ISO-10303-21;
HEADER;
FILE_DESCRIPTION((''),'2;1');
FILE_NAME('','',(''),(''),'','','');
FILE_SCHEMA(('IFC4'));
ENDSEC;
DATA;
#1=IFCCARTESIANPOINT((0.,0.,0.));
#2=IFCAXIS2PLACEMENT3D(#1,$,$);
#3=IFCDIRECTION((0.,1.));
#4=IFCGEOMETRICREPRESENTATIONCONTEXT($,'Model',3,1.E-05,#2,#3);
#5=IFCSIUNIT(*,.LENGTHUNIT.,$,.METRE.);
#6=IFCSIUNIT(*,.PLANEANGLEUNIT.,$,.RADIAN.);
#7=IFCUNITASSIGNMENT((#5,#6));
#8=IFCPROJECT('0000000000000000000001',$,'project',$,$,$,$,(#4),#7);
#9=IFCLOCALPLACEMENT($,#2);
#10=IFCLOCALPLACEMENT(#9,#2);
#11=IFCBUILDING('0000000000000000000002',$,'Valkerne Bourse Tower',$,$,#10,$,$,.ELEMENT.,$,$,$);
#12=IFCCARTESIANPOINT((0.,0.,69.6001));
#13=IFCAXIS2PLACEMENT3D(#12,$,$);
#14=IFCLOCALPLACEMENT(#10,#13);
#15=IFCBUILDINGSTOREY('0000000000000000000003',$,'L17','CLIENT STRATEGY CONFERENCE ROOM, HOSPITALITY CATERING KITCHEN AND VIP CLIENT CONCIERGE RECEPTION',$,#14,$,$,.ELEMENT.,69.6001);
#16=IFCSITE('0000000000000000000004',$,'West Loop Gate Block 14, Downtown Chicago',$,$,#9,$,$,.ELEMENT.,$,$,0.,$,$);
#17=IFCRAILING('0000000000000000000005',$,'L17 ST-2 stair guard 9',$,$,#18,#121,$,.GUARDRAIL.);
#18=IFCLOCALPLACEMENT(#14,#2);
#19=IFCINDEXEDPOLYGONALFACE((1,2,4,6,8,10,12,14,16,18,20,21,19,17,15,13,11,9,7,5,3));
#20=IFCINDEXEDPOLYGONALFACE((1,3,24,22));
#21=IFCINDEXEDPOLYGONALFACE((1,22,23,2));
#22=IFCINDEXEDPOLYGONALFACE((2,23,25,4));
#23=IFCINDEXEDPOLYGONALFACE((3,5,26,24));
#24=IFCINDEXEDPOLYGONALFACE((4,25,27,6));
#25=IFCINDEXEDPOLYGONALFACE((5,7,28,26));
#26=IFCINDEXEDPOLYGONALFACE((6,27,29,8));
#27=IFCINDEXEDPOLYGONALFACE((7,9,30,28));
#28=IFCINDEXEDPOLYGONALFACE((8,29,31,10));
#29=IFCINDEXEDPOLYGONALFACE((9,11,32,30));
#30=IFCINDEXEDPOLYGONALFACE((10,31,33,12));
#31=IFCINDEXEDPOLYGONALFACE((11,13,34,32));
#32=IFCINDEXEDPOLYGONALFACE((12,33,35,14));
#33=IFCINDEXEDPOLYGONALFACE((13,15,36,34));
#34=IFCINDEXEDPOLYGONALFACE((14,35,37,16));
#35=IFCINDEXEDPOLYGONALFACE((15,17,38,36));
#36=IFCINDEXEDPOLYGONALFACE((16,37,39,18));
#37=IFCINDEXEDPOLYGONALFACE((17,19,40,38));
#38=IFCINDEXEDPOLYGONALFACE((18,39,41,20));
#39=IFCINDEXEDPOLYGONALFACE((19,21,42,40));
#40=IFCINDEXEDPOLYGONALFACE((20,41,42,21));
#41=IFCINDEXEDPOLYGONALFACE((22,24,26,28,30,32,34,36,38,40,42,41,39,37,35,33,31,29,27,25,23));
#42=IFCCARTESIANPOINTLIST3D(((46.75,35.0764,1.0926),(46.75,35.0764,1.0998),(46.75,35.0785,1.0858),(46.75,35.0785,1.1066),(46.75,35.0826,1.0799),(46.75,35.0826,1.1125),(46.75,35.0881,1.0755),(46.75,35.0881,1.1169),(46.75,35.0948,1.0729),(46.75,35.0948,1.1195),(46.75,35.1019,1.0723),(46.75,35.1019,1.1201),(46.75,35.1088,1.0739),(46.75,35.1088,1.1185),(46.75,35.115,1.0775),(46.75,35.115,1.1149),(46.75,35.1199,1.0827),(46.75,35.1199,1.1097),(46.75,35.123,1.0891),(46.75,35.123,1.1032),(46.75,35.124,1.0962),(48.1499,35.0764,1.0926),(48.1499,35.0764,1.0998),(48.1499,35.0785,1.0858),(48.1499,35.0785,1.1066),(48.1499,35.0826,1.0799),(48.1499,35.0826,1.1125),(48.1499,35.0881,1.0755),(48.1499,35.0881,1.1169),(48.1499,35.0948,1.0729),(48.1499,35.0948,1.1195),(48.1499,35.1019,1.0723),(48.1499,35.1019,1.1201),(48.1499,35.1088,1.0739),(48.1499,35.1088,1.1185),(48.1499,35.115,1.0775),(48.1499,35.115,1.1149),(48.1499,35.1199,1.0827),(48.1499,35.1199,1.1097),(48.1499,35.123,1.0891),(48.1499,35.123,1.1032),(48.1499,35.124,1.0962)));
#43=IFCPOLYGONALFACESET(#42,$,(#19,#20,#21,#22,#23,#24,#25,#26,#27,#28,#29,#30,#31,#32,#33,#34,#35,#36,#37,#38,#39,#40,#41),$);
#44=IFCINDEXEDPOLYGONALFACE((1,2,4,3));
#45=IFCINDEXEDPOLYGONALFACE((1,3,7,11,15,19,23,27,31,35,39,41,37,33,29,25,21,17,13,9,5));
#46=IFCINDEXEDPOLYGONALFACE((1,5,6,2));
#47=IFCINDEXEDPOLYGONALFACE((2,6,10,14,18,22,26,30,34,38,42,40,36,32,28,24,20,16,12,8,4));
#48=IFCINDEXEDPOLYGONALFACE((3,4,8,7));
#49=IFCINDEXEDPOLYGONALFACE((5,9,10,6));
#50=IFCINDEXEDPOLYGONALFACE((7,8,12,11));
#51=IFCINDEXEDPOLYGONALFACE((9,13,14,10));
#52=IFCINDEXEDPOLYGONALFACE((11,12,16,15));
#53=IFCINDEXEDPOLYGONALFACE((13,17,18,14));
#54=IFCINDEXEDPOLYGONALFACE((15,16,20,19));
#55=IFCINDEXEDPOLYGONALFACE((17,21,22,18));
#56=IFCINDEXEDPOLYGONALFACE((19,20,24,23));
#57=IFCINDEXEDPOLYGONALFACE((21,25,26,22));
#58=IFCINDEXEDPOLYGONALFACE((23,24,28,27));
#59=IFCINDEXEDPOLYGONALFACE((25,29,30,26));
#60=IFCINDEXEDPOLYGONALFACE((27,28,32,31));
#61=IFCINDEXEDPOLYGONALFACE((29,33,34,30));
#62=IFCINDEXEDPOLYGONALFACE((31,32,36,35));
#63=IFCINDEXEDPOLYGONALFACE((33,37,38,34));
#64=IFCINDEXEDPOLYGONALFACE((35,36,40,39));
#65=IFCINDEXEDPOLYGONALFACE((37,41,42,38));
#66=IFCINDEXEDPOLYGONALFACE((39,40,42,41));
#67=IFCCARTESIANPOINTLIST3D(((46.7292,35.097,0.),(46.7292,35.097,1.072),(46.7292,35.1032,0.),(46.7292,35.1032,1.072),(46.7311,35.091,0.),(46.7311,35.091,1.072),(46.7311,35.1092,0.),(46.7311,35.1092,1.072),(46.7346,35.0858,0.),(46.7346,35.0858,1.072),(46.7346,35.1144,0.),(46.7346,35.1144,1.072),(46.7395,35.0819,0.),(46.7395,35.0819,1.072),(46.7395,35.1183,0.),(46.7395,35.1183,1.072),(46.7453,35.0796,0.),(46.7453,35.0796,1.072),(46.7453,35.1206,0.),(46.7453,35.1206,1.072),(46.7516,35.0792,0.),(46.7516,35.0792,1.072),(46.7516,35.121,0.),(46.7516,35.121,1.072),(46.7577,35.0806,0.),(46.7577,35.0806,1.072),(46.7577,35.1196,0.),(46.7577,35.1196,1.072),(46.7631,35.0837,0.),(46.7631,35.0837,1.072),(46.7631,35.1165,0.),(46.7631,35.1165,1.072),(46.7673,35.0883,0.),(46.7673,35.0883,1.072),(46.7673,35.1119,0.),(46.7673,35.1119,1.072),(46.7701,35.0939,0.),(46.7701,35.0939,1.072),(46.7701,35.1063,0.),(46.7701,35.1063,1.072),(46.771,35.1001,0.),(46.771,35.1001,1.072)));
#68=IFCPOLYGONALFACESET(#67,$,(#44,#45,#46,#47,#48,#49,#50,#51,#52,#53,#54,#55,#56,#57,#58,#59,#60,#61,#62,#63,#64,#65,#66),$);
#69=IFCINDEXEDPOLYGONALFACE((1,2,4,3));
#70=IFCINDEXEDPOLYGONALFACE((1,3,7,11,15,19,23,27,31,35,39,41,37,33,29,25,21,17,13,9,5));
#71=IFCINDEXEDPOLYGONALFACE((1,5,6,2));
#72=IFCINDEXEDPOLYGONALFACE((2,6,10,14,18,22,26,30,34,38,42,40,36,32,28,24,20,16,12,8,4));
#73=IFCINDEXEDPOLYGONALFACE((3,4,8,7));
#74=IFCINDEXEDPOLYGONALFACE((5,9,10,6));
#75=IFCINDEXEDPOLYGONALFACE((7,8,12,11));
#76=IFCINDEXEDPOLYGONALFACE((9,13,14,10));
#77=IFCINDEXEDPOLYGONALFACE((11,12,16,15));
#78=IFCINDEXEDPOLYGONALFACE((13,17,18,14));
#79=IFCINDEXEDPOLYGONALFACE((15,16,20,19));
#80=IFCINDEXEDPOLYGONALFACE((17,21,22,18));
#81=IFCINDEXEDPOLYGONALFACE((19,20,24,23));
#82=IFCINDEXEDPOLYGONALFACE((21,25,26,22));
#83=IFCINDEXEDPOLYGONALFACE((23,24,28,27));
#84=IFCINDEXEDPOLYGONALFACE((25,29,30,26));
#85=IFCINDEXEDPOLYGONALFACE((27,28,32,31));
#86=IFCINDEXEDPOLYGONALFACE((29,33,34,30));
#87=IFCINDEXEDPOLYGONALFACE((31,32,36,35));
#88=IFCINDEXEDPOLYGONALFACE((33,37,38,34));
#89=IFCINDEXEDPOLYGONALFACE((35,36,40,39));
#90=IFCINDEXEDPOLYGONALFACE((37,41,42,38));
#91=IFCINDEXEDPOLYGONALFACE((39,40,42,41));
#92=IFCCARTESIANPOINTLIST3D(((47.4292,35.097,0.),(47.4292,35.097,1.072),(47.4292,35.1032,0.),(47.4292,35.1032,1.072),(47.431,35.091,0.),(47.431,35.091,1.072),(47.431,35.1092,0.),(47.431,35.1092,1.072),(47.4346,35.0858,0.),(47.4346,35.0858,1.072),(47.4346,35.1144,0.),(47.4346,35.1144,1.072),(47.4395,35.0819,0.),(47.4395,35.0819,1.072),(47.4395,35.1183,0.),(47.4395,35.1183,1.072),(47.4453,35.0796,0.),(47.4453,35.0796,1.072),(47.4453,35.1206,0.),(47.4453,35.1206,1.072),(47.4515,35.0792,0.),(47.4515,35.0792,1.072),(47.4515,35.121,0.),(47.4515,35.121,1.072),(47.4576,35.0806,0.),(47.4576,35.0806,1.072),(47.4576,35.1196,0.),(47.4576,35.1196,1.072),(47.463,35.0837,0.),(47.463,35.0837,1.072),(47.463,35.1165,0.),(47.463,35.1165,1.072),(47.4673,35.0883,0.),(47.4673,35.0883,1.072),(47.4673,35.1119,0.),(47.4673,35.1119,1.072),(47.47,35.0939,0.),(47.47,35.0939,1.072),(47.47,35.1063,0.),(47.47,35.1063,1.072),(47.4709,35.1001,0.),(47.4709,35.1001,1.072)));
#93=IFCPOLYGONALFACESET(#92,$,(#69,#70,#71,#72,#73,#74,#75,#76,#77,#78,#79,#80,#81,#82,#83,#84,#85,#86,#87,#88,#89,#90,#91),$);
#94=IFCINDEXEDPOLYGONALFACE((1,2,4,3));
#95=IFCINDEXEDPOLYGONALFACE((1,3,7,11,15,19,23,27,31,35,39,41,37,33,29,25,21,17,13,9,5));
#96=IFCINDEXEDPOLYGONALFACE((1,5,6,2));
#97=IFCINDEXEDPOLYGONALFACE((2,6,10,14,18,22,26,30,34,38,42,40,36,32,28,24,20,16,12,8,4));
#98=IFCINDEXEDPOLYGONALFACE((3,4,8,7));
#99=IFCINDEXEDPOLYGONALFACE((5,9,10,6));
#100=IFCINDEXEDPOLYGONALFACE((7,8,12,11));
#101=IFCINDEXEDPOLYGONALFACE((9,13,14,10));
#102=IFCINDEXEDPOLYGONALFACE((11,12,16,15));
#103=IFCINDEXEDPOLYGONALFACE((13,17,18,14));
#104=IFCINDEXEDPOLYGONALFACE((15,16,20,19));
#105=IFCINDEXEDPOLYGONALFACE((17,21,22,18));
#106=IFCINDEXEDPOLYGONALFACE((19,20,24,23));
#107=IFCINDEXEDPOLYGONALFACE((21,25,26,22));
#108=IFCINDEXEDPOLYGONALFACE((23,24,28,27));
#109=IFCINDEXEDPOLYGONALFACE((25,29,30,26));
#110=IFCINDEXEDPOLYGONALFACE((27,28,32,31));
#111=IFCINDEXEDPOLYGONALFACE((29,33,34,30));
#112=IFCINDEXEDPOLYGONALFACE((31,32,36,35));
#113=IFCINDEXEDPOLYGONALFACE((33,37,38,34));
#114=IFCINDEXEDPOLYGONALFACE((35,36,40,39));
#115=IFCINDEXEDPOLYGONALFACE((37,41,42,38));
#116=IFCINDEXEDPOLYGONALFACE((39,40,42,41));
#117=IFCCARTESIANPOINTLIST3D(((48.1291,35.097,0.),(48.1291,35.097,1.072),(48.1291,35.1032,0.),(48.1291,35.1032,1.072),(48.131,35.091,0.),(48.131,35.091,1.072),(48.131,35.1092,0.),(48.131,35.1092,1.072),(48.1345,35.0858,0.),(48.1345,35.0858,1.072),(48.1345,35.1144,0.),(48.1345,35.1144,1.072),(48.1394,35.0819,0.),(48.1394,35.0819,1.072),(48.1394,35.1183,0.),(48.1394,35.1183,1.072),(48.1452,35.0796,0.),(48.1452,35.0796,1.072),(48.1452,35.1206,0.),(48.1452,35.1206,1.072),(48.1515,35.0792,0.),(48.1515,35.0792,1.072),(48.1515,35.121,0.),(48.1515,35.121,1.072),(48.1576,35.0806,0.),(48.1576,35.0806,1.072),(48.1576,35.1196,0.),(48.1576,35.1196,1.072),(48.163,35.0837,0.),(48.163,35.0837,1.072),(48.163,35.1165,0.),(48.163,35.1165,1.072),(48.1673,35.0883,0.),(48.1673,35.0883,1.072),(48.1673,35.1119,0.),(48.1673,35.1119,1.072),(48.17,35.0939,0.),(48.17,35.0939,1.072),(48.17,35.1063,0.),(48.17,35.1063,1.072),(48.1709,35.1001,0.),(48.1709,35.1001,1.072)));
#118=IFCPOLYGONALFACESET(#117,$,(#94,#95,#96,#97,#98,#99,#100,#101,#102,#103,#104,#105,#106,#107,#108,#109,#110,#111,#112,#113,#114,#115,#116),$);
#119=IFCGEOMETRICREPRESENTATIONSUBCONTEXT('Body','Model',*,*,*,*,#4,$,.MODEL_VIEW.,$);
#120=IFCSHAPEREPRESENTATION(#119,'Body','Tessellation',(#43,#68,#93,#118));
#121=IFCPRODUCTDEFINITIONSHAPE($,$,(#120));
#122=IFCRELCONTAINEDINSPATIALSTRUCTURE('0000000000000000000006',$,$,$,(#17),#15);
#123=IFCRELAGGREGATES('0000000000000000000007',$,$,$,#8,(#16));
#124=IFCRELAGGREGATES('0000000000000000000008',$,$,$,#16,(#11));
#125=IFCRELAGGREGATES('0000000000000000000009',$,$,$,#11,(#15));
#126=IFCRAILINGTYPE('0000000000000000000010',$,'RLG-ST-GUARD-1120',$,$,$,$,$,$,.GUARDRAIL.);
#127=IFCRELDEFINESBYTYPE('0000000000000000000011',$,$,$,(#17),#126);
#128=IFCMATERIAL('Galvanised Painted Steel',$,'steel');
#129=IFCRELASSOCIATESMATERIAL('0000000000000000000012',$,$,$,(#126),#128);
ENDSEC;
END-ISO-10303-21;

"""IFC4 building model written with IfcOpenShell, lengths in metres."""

from ifc_helpers import new_model, si_unit, direction, frame, origin, origin_2d, place, context, subcontext, project, spatial, circle, extrude, material, type_object, element, save


model = new_model("IFC4")

# Units and contexts
model_context = context("Model", 3, precision=1e-05, world=origin(), true_north=direction((0.0, 1.0)))
body_context = subcontext(model_context, "Body", "Model", "MODEL_VIEW")
ifc_project = project(units=[si_unit("LENGTHUNIT", "METRE"), si_unit("PLANEANGLEUNIT", "RADIAN")], contexts=[model_context])

# Site, building, storey
site_placement = place(None, origin())
site = spatial("IfcSite", under=ifc_project, at=site_placement, Name="West Loop Gate Block 14, Downtown Chicago", CompositionType="ELEMENT", RefElevation=0.0)
building_placement = place(site_placement, origin())
building = spatial("IfcBuilding", under=site, at=building_placement, Name="Valkerne Bourse Tower", CompositionType="ELEMENT")
storey_placement = place(building_placement, frame((0.0, 0.0, 69.6001)))
storey = spatial("IfcBuildingStorey", under=building, at=storey_placement, Name="L17", Description="CLIENT STRATEGY CONFERENCE ROOM, HOSPITALITY CATERING KITCHEN AND VIP CLIENT CONCIERGE RECEPTION", CompositionType="ELEMENT", Elevation=69.6001)

# Shared definitions
ifc_material_1 = material(Name="Galvanised Painted Steel", Category="steel")

# Railing
railing_type_1 = type_object("IfcRailingType", Name="RLG-ST-GUARD-1120", PredefinedType="GUARDRAIL", material=ifc_material_1)
for number, where, name in (
    (1, (46.75, 35.1001, 0.0), "L17 ST-2 stair guard 9"),
):
    element("IfcRailing", number, at=place(storey_placement, frame(where)), inside=storey, type_object=railing_type_1, Name=name, PredefinedType="GUARDRAIL", context=body_context, shape_type="SweptSolid", body=[
        extrude(circle(Radius=0.0239, at=origin_2d()), frame((0.0, 0.0, 1.0962), z_axis=(1.0, 0.0, 0.0), x_axis=(0.0, 1.0, 0.0)), (0.0, 0.0, 1.0), 1.3999),
        extrude(circle(Radius=0.021, at=origin_2d()), origin(), (0.0, 0.0, 1.0), 1.072),
        extrude(circle(Radius=0.021, at=origin_2d()), frame((0.7, 0.0, 0.0)), (0.0, 0.0, 1.0), 1.072),
        extrude(circle(Radius=0.021, at=origin_2d()), frame((1.3999, 0.0, 0.0)), (0.0, 0.0, 1.0), 1.072),
    ])

save(model, "model.ifc")
